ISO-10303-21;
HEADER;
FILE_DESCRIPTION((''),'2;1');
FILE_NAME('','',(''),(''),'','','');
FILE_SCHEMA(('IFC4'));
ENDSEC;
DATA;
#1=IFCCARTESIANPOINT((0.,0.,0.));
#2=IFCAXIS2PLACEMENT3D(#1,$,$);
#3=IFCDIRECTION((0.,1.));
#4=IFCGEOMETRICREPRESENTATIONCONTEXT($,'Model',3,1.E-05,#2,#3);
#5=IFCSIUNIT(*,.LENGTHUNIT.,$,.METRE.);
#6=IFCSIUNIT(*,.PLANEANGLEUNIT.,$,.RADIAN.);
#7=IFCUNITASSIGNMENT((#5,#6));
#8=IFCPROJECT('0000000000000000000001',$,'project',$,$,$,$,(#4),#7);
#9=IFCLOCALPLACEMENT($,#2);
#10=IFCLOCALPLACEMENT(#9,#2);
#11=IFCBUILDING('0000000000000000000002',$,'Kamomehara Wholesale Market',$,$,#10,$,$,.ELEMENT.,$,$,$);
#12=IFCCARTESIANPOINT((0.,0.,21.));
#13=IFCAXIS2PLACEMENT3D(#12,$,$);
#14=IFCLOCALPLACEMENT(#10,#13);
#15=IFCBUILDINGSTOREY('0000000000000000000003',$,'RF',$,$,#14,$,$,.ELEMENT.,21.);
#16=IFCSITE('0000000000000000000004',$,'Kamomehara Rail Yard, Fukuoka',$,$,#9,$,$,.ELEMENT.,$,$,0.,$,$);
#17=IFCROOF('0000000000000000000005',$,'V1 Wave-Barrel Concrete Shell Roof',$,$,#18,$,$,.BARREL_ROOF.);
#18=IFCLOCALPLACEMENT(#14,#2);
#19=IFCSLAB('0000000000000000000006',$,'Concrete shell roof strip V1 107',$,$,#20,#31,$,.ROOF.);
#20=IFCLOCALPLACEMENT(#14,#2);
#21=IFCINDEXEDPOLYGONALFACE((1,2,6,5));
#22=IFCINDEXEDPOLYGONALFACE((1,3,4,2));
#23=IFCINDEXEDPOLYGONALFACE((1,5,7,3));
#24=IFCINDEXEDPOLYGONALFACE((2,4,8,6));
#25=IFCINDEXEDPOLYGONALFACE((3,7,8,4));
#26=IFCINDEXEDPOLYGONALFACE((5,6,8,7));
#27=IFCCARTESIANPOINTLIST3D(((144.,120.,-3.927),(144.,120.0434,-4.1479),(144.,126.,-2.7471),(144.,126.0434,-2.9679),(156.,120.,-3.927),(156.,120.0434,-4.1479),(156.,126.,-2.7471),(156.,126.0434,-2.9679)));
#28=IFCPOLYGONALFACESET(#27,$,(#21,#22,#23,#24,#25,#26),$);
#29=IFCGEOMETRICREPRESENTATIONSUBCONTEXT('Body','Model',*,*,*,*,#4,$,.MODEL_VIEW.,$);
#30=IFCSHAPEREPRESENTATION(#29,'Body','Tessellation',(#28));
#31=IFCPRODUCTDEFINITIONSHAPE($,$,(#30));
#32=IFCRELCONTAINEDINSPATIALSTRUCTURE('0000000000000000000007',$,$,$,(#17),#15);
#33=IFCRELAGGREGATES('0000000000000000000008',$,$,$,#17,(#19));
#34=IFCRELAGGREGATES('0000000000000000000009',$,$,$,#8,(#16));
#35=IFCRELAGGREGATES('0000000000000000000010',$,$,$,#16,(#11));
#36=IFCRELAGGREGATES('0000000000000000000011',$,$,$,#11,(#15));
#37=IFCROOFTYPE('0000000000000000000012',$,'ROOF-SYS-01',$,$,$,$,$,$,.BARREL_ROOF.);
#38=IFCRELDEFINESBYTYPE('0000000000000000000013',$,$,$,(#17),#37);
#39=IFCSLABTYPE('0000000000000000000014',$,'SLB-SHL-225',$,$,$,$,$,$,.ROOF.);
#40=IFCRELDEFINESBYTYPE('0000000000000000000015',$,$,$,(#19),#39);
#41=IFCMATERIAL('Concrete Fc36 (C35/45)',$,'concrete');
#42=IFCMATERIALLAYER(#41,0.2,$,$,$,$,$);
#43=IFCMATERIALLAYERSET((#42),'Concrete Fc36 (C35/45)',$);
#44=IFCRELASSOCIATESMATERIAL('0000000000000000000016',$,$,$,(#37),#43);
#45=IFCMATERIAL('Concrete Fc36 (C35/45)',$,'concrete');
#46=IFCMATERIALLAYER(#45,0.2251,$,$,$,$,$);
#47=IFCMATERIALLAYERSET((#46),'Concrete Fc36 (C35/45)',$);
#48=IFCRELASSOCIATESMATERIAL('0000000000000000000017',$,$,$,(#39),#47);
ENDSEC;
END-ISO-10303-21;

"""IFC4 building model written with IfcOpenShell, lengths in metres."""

from ifc_helpers import new_model, si_unit, direction, frame, origin, place, context, subcontext, project, spatial, polyline, outline, extrude, material, layer, layer_set, type_object, element, aggregate, save


model = new_model("IFC4")

# Units and contexts
model_context = context("Model", 3, precision=1e-05, world=origin(), true_north=direction((0.0, 1.0)))
body_context = subcontext(model_context, "Body", "Model", "MODEL_VIEW")
ifc_project = project(units=[si_unit("LENGTHUNIT", "METRE"), si_unit("PLANEANGLEUNIT", "RADIAN")], contexts=[model_context])

# Site, building, storey
site_placement = place(None, origin())
site = spatial("IfcSite", under=ifc_project, at=site_placement, Name="Kamomehara Rail Yard, Fukuoka", CompositionType="ELEMENT", RefElevation=0.0)
building_placement = place(site_placement, origin())
building = spatial("IfcBuilding", under=site, at=building_placement, Name="Kamomehara Wholesale Market", CompositionType="ELEMENT")
storey_placement = place(building_placement, frame((0.0, 0.0, 21.0)))
storey = spatial("IfcBuildingStorey", under=building, at=storey_placement, Name="RF", CompositionType="ELEMENT", Elevation=21.0)

# Roof, slab
ifc_material_1 = material(Name="Concrete Fc36 (C35/45)", Category="concrete")
ifc_layer_1 = layer(ifc_material_1, 0.2)
ifc_layer_set_1 = layer_set([ifc_layer_1], Name="Concrete Fc36 (C35/45)")
roof_type = type_object("IfcRoofType", Name="ROOF-SYS-01", PredefinedType="BARREL_ROOF", material=ifc_layer_set_1)
roof_placement = place(storey_placement, origin())
roof = element("IfcRoof", 1, at=roof_placement, inside=storey, type_object=roof_type, Name="V1 Wave-Barrel Concrete Shell Roof", PredefinedType="BARREL_ROOF")
ifc_material_2 = material(Name="Concrete Fc36 (C35/45)", Category="concrete")
ifc_layer_2 = layer(ifc_material_2, 0.2251)
ifc_layer_set_2 = layer_set([ifc_layer_2], Name="Concrete Fc36 (C35/45)")
slab_type_1 = type_object("IfcSlabType", Name="SLB-SHL-225", PredefinedType="ROOF", material=ifc_layer_set_2)
slab_1_placement = place(storey_placement, frame((144.0, 120.0, -3.927), z_axis=(0.0, -0.192959, 0.981207), x_axis=(1.0, 0.0, 0.0)))
slab_1 = element("IfcSlab", 2, at=slab_1_placement, type_object=slab_type_1, Name="Concrete shell roof strip V1 107", PredefinedType="ROOF", context=body_context, shape_type="SweptSolid", body=[
    extrude(outline(polyline([(0.0, 0.0), (12.0, 0.0), (12.0, 6.1149), (0.0, 6.1149), (0.0, 0.0)])), origin(), (0.0, 0.0, -1.0), 0.2251),
])
aggregate(roof, [slab_1])

save(model, "model.ifc")
